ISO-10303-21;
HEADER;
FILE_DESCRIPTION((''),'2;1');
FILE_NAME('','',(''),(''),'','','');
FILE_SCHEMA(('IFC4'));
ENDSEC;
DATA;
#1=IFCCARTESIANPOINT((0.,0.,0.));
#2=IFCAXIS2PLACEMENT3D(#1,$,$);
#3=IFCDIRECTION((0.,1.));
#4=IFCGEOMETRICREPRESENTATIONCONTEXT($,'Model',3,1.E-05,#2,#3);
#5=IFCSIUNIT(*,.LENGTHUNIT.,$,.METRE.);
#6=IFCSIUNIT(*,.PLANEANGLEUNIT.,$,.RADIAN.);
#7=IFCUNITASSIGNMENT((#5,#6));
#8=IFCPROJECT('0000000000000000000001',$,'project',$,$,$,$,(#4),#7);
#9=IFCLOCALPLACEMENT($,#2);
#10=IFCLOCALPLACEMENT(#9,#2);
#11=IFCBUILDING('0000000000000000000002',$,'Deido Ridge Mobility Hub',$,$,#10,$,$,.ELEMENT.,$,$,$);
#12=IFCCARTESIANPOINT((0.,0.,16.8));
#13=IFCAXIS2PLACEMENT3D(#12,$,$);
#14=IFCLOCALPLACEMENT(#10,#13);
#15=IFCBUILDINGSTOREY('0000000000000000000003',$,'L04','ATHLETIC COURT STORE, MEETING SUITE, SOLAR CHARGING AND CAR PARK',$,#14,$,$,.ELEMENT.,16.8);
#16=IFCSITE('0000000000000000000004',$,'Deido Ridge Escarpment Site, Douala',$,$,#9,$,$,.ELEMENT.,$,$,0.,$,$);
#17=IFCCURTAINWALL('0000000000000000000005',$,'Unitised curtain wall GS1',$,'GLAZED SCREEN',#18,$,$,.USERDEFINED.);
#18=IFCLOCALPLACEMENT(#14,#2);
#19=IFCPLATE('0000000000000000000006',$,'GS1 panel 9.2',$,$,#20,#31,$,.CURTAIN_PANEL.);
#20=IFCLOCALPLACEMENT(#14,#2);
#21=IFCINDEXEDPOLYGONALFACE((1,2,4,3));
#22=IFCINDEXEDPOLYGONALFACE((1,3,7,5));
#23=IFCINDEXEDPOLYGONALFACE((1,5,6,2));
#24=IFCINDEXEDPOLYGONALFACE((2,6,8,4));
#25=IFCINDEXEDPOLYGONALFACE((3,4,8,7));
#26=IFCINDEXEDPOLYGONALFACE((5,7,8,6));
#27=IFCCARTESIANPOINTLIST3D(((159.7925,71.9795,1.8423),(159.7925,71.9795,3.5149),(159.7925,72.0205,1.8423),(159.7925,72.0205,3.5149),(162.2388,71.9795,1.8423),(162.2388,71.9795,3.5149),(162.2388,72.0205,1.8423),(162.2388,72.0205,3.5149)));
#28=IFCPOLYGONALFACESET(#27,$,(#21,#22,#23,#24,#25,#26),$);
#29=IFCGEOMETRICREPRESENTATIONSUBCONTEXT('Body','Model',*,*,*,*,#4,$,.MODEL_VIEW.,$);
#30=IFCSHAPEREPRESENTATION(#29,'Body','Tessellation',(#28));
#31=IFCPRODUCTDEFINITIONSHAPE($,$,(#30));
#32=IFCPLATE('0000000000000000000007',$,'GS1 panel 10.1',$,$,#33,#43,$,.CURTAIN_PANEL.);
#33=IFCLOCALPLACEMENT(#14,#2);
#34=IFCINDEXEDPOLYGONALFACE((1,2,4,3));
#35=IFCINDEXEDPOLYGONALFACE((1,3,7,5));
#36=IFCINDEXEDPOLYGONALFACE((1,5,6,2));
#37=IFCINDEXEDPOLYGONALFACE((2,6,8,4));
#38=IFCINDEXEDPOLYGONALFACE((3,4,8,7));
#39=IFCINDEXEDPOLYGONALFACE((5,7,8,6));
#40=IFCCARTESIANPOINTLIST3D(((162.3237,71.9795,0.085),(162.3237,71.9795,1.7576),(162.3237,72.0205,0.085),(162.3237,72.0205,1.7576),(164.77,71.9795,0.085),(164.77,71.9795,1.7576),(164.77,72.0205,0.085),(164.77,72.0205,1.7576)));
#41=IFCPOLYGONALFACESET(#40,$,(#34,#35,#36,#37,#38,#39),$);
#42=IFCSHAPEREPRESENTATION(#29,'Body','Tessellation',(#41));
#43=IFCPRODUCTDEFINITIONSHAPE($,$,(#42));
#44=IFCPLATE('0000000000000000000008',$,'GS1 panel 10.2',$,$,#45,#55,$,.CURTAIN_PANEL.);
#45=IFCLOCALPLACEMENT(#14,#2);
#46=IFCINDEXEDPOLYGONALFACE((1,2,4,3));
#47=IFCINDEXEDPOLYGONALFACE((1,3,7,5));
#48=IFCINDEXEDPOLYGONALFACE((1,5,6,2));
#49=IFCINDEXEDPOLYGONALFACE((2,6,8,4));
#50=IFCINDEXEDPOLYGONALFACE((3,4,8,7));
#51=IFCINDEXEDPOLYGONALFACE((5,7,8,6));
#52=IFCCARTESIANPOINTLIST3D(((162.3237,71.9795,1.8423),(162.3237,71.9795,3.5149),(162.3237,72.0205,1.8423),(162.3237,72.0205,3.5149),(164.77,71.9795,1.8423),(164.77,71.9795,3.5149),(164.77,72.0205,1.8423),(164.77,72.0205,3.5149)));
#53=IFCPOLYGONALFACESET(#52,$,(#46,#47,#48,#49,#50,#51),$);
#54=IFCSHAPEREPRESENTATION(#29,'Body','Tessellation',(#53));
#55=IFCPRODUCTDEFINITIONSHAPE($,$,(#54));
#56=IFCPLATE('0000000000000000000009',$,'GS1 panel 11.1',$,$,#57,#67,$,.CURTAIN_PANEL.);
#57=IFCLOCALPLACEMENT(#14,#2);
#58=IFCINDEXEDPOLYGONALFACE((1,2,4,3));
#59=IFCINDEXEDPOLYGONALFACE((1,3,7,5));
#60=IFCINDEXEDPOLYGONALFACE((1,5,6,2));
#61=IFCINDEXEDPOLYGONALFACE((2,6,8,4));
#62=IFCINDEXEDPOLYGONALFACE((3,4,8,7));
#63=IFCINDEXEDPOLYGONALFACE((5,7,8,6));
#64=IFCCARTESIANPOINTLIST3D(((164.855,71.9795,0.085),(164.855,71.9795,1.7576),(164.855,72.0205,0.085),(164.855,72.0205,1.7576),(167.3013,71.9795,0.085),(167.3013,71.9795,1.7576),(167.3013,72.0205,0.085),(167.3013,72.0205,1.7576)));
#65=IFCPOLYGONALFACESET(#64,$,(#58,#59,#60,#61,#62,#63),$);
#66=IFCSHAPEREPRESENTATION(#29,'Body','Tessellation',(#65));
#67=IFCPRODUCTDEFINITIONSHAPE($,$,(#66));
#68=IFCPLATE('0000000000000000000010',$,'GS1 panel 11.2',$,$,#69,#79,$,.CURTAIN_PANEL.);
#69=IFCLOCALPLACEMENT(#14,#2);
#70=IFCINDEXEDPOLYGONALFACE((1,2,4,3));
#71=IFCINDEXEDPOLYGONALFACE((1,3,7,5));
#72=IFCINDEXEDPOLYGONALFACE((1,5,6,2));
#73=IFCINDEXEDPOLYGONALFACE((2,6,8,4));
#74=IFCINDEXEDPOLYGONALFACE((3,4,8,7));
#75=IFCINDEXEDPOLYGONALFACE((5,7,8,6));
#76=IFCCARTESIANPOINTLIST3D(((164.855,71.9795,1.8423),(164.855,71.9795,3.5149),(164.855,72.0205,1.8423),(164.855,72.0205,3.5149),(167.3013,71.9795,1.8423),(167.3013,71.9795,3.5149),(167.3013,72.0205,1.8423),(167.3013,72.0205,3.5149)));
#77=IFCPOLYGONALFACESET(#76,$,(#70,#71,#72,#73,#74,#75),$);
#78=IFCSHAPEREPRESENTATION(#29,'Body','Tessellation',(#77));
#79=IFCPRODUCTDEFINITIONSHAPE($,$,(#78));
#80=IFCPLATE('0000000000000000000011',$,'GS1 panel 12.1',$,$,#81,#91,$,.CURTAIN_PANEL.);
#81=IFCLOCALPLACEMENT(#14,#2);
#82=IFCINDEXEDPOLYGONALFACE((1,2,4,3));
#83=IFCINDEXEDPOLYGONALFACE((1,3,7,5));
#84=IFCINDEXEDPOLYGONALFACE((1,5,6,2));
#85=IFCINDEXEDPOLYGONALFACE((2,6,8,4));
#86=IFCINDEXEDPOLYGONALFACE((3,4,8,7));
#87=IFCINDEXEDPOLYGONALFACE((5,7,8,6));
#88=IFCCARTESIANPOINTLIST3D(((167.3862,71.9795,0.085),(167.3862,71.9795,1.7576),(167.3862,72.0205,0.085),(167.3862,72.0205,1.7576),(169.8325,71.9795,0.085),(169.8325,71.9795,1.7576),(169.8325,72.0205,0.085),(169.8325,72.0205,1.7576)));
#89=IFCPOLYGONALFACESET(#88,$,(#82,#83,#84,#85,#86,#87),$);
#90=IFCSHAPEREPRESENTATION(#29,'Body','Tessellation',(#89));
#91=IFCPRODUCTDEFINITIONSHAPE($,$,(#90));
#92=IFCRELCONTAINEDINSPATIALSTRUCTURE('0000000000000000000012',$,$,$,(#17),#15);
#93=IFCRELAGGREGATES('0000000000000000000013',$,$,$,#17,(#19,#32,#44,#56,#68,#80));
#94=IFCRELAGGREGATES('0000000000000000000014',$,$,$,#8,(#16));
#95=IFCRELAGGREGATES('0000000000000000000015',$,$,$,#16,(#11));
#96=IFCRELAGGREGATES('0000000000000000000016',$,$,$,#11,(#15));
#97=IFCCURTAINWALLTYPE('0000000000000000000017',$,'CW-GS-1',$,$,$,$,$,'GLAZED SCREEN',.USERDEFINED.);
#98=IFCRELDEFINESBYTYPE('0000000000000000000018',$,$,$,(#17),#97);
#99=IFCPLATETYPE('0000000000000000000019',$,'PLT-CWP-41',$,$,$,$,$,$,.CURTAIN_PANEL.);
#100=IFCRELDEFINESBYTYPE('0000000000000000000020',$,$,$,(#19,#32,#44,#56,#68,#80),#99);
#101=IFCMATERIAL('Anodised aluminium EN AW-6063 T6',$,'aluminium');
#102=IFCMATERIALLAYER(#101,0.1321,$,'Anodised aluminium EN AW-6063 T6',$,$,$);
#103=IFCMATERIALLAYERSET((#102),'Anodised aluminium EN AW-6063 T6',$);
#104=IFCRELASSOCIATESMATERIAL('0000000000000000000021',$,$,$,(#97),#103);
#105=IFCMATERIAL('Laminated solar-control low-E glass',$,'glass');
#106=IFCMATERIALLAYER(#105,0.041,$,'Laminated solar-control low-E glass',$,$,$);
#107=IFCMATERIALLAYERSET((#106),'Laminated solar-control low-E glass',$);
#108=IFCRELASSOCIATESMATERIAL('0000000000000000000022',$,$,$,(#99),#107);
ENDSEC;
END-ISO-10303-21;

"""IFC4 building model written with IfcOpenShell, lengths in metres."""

from ifc_helpers import new_model, si_unit, direction, frame, origin, origin_2d, place, context, subcontext, project, spatial, rectangle, extrude, material, layer, layer_set, type_object, element, aggregate, save


model = new_model("IFC4")

# Units and contexts
model_context = context("Model", 3, precision=1e-05, world=origin(), true_north=direction((0.0, 1.0)))
body_context = subcontext(model_context, "Body", "Model", "MODEL_VIEW")
ifc_project = project(units=[si_unit("LENGTHUNIT", "METRE"), si_unit("PLANEANGLEUNIT", "RADIAN")], contexts=[model_context])

# Site, building, storey
site_placement = place(None, origin())
site = spatial("IfcSite", under=ifc_project, at=site_placement, Name="Deido Ridge Escarpment Site, Douala", CompositionType="ELEMENT", RefElevation=0.0)
building_placement = place(site_placement, origin())
building = spatial("IfcBuilding", under=site, at=building_placement, Name="Deido Ridge Mobility Hub", CompositionType="ELEMENT")
storey_placement = place(building_placement, frame((0.0, 0.0, 16.8)))
storey = spatial("IfcBuildingStorey", under=building, at=storey_placement, Name="L04", Description="ATHLETIC COURT STORE, MEETING SUITE, SOLAR CHARGING AND CAR PARK", CompositionType="ELEMENT", Elevation=16.8)

# Curtain wall
ifc_material_1 = material(Name="Anodised aluminium EN AW-6063 T6", Category="aluminium")
ifc_layer_1 = layer(ifc_material_1, 0.1321, Name="Anodised aluminium EN AW-6063 T6")
ifc_layer_set_1 = layer_set([ifc_layer_1], Name="Anodised aluminium EN AW-6063 T6")
curtain_wall_type = type_object("IfcCurtainWallType", Name="CW-GS-1", ElementType="GLAZED SCREEN", PredefinedType="USERDEFINED", material=ifc_layer_set_1)
curtain_wall_placement = place(storey_placement, origin())
curtain_wall = element("IfcCurtainWall", 1, at=curtain_wall_placement, inside=storey, type_object=curtain_wall_type, Name="Unitised curtain wall GS1", ObjectType="GLAZED SCREEN", PredefinedType="USERDEFINED")

# Plates
ifc_material_2 = material(Name="Laminated solar-control low-E glass", Category="glass")
ifc_layer_2 = layer(ifc_material_2, 0.041, Name="Laminated solar-control low-E glass")
ifc_layer_set_2 = layer_set([ifc_layer_2], Name="Laminated solar-control low-E glass")
plate_type = type_object("IfcPlateType", Name="PLT-CWP-41", PredefinedType="CURTAIN_PANEL", material=ifc_layer_set_2)
plate_1_placement = place(storey_placement, frame((161.0156, 72.0, 1.8423), z_axis=(0.0, 0.0, 1.0), x_axis=(1.0, 0.0, 0.0)))
plate_1 = element("IfcPlate", 2, at=plate_1_placement, type_object=plate_type, Name="GS1 panel 9.2", PredefinedType="CURTAIN_PANEL", context=body_context, shape_type="SweptSolid", body=[
    extrude(rectangle(XDim=2.4463, YDim=0.041, at=origin_2d()), origin(), (0.0, 0.0, 1.0), 1.6726),
])
plate_2_placement = place(storey_placement, frame((163.5469, 72.0, 0.085), z_axis=(0.0, 0.0, 1.0), x_axis=(1.0, 0.0, 0.0)))
plate_2 = element("IfcPlate", 3, at=plate_2_placement, type_object=plate_type, Name="GS1 panel 10.1", PredefinedType="CURTAIN_PANEL", context=body_context, shape_type="SweptSolid", body=[
    extrude(rectangle(XDim=2.4463, YDim=0.041, at=origin_2d()), origin(), (0.0, 0.0, 1.0), 1.6726),
])
plate_3_placement = place(storey_placement, frame((163.5469, 72.0, 1.8423), z_axis=(0.0, 0.0, 1.0), x_axis=(1.0, 0.0, 0.0)))
plate_3 = element("IfcPlate", 4, at=plate_3_placement, type_object=plate_type, Name="GS1 panel 10.2", PredefinedType="CURTAIN_PANEL", context=body_context, shape_type="SweptSolid", body=[
    extrude(rectangle(XDim=2.4463, YDim=0.041, at=origin_2d()), origin(), (0.0, 0.0, 1.0), 1.6726),
])
plate_4_placement = place(storey_placement, frame((166.0781, 72.0, 0.085), z_axis=(0.0, 0.0, 1.0), x_axis=(1.0, 0.0, 0.0)))
plate_4 = element("IfcPlate", 5, at=plate_4_placement, type_object=plate_type, Name="GS1 panel 11.1", PredefinedType="CURTAIN_PANEL", context=body_context, shape_type="SweptSolid", body=[
    extrude(rectangle(XDim=2.4463, YDim=0.041, at=origin_2d()), origin(), (0.0, 0.0, 1.0), 1.6726),
])
plate_5_placement = place(storey_placement, frame((166.0781, 72.0, 1.8423), z_axis=(0.0, 0.0, 1.0), x_axis=(1.0, 0.0, 0.0)))
plate_5 = element("IfcPlate", 6, at=plate_5_placement, type_object=plate_type, Name="GS1 panel 11.2", PredefinedType="CURTAIN_PANEL", context=body_context, shape_type="SweptSolid", body=[
    extrude(rectangle(XDim=2.4463, YDim=0.041, at=origin_2d()), origin(), (0.0, 0.0, 1.0), 1.6726),
])
plate_6_placement = place(storey_placement, frame((168.6094, 72.0, 0.085), z_axis=(0.0, 0.0, 1.0), x_axis=(1.0, 0.0, 0.0)))
plate_6 = element("IfcPlate", 7, at=plate_6_placement, type_object=plate_type, Name="GS1 panel 12.1", PredefinedType="CURTAIN_PANEL", context=body_context, shape_type="SweptSolid", body=[
    extrude(rectangle(XDim=2.4463, YDim=0.041, at=origin_2d()), origin(), (0.0, 0.0, 1.0), 1.6726),
])
aggregate(curtain_wall, [plate_1, plate_2, plate_3, plate_4, plate_5, plate_6])

save(model, "model.ifc")
